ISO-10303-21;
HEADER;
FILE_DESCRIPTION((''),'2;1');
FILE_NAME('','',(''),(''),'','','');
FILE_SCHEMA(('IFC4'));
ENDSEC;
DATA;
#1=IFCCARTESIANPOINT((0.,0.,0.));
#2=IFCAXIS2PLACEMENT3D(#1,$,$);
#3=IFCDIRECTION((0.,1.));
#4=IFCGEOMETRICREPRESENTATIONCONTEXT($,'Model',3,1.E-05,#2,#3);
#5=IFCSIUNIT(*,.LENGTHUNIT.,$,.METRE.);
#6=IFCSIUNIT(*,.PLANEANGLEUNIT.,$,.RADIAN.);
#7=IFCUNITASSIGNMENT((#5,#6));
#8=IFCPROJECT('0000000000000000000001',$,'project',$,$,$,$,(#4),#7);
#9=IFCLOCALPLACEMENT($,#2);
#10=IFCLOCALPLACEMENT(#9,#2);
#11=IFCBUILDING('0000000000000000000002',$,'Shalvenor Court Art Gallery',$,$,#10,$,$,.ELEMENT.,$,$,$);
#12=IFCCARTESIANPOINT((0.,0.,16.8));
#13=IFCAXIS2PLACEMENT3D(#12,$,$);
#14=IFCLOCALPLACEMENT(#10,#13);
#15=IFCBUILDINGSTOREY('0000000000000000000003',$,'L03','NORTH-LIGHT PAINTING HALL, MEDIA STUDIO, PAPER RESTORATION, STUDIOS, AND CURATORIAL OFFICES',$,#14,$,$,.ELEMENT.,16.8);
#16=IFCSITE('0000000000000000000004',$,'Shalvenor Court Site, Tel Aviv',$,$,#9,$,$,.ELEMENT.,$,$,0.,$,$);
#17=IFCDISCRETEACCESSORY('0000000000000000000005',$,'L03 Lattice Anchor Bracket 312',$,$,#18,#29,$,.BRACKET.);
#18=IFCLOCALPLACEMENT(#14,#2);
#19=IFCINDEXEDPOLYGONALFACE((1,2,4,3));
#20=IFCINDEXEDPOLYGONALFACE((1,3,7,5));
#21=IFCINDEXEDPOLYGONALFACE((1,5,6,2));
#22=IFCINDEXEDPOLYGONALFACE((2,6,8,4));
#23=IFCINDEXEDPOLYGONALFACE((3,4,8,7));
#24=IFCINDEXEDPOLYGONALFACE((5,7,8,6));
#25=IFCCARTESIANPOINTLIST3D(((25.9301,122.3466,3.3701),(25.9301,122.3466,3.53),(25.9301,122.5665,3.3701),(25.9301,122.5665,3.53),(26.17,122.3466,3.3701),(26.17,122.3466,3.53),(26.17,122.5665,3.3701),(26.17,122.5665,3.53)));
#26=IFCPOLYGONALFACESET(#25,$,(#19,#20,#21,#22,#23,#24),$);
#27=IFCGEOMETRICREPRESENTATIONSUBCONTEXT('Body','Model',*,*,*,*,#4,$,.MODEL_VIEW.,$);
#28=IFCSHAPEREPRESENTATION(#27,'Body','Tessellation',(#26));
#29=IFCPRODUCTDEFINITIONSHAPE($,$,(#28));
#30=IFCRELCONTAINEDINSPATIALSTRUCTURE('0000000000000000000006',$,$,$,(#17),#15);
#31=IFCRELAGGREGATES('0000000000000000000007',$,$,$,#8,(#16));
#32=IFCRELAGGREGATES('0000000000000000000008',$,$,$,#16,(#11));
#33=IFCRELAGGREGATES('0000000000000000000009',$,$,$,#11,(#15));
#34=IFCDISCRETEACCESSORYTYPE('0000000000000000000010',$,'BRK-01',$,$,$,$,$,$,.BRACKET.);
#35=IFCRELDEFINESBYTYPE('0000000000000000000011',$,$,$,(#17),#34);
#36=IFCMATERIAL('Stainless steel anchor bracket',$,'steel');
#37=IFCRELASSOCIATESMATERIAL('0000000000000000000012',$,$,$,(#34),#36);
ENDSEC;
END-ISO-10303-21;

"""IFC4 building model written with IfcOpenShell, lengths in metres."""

from ifc_helpers import new_model, si_unit, direction, frame, origin, origin_2d, place, context, subcontext, project, spatial, rectangle, extrude, material, type_object, element, save


model = new_model("IFC4")

# Units and contexts
model_context = context("Model", 3, precision=1e-05, world=origin(), true_north=direction((0.0, 1.0)))
body_context = subcontext(model_context, "Body", "Model", "MODEL_VIEW")
ifc_project = project(units=[si_unit("LENGTHUNIT", "METRE"), si_unit("PLANEANGLEUNIT", "RADIAN")], contexts=[model_context])

# Site, building, storey
site_placement = place(None, origin())
site = spatial("IfcSite", under=ifc_project, at=site_placement, Name="Shalvenor Court Site, Tel Aviv", CompositionType="ELEMENT", RefElevation=0.0)
building_placement = place(site_placement, origin())
building = spatial("IfcBuilding", under=site, at=building_placement, Name="Shalvenor Court Art Gallery", CompositionType="ELEMENT")
storey_placement = place(building_placement, frame((0.0, 0.0, 16.8)))
storey = spatial("IfcBuildingStorey", under=building, at=storey_placement, Name="L03", Description="NORTH-LIGHT PAINTING HALL, MEDIA STUDIO, PAPER RESTORATION, STUDIOS, AND CURATORIAL OFFICES", CompositionType="ELEMENT", Elevation=16.8)

# Discrete accessory
ifc_material_1 = material(Name="Stainless steel anchor bracket", Category="steel")
discrete_accessory_type = type_object("IfcDiscreteAccessoryType", Name="BRK-01", PredefinedType="BRACKET", material=ifc_material_1)
for number, where, z_axis, x_axis, name in (
    (1, (26.05, 122.4565, 3.3701), (0.0, 0.0, 1.0), (1.0, 0.0, 0.0), "L03 Lattice Anchor Bracket 312"),
):
    element("IfcDiscreteAccessory", number, at=place(storey_placement, frame(where, z_axis=z_axis, x_axis=x_axis)), inside=storey, type_object=discrete_accessory_type, Name=name, PredefinedType="BRACKET", context=body_context, shape_type="SweptSolid", body=[
        extrude(rectangle(XDim=0.24, YDim=0.22, at=origin_2d()), origin(), (0.0, 0.0, 1.0), 0.1599),
    ])

save(model, "model.ifc")
